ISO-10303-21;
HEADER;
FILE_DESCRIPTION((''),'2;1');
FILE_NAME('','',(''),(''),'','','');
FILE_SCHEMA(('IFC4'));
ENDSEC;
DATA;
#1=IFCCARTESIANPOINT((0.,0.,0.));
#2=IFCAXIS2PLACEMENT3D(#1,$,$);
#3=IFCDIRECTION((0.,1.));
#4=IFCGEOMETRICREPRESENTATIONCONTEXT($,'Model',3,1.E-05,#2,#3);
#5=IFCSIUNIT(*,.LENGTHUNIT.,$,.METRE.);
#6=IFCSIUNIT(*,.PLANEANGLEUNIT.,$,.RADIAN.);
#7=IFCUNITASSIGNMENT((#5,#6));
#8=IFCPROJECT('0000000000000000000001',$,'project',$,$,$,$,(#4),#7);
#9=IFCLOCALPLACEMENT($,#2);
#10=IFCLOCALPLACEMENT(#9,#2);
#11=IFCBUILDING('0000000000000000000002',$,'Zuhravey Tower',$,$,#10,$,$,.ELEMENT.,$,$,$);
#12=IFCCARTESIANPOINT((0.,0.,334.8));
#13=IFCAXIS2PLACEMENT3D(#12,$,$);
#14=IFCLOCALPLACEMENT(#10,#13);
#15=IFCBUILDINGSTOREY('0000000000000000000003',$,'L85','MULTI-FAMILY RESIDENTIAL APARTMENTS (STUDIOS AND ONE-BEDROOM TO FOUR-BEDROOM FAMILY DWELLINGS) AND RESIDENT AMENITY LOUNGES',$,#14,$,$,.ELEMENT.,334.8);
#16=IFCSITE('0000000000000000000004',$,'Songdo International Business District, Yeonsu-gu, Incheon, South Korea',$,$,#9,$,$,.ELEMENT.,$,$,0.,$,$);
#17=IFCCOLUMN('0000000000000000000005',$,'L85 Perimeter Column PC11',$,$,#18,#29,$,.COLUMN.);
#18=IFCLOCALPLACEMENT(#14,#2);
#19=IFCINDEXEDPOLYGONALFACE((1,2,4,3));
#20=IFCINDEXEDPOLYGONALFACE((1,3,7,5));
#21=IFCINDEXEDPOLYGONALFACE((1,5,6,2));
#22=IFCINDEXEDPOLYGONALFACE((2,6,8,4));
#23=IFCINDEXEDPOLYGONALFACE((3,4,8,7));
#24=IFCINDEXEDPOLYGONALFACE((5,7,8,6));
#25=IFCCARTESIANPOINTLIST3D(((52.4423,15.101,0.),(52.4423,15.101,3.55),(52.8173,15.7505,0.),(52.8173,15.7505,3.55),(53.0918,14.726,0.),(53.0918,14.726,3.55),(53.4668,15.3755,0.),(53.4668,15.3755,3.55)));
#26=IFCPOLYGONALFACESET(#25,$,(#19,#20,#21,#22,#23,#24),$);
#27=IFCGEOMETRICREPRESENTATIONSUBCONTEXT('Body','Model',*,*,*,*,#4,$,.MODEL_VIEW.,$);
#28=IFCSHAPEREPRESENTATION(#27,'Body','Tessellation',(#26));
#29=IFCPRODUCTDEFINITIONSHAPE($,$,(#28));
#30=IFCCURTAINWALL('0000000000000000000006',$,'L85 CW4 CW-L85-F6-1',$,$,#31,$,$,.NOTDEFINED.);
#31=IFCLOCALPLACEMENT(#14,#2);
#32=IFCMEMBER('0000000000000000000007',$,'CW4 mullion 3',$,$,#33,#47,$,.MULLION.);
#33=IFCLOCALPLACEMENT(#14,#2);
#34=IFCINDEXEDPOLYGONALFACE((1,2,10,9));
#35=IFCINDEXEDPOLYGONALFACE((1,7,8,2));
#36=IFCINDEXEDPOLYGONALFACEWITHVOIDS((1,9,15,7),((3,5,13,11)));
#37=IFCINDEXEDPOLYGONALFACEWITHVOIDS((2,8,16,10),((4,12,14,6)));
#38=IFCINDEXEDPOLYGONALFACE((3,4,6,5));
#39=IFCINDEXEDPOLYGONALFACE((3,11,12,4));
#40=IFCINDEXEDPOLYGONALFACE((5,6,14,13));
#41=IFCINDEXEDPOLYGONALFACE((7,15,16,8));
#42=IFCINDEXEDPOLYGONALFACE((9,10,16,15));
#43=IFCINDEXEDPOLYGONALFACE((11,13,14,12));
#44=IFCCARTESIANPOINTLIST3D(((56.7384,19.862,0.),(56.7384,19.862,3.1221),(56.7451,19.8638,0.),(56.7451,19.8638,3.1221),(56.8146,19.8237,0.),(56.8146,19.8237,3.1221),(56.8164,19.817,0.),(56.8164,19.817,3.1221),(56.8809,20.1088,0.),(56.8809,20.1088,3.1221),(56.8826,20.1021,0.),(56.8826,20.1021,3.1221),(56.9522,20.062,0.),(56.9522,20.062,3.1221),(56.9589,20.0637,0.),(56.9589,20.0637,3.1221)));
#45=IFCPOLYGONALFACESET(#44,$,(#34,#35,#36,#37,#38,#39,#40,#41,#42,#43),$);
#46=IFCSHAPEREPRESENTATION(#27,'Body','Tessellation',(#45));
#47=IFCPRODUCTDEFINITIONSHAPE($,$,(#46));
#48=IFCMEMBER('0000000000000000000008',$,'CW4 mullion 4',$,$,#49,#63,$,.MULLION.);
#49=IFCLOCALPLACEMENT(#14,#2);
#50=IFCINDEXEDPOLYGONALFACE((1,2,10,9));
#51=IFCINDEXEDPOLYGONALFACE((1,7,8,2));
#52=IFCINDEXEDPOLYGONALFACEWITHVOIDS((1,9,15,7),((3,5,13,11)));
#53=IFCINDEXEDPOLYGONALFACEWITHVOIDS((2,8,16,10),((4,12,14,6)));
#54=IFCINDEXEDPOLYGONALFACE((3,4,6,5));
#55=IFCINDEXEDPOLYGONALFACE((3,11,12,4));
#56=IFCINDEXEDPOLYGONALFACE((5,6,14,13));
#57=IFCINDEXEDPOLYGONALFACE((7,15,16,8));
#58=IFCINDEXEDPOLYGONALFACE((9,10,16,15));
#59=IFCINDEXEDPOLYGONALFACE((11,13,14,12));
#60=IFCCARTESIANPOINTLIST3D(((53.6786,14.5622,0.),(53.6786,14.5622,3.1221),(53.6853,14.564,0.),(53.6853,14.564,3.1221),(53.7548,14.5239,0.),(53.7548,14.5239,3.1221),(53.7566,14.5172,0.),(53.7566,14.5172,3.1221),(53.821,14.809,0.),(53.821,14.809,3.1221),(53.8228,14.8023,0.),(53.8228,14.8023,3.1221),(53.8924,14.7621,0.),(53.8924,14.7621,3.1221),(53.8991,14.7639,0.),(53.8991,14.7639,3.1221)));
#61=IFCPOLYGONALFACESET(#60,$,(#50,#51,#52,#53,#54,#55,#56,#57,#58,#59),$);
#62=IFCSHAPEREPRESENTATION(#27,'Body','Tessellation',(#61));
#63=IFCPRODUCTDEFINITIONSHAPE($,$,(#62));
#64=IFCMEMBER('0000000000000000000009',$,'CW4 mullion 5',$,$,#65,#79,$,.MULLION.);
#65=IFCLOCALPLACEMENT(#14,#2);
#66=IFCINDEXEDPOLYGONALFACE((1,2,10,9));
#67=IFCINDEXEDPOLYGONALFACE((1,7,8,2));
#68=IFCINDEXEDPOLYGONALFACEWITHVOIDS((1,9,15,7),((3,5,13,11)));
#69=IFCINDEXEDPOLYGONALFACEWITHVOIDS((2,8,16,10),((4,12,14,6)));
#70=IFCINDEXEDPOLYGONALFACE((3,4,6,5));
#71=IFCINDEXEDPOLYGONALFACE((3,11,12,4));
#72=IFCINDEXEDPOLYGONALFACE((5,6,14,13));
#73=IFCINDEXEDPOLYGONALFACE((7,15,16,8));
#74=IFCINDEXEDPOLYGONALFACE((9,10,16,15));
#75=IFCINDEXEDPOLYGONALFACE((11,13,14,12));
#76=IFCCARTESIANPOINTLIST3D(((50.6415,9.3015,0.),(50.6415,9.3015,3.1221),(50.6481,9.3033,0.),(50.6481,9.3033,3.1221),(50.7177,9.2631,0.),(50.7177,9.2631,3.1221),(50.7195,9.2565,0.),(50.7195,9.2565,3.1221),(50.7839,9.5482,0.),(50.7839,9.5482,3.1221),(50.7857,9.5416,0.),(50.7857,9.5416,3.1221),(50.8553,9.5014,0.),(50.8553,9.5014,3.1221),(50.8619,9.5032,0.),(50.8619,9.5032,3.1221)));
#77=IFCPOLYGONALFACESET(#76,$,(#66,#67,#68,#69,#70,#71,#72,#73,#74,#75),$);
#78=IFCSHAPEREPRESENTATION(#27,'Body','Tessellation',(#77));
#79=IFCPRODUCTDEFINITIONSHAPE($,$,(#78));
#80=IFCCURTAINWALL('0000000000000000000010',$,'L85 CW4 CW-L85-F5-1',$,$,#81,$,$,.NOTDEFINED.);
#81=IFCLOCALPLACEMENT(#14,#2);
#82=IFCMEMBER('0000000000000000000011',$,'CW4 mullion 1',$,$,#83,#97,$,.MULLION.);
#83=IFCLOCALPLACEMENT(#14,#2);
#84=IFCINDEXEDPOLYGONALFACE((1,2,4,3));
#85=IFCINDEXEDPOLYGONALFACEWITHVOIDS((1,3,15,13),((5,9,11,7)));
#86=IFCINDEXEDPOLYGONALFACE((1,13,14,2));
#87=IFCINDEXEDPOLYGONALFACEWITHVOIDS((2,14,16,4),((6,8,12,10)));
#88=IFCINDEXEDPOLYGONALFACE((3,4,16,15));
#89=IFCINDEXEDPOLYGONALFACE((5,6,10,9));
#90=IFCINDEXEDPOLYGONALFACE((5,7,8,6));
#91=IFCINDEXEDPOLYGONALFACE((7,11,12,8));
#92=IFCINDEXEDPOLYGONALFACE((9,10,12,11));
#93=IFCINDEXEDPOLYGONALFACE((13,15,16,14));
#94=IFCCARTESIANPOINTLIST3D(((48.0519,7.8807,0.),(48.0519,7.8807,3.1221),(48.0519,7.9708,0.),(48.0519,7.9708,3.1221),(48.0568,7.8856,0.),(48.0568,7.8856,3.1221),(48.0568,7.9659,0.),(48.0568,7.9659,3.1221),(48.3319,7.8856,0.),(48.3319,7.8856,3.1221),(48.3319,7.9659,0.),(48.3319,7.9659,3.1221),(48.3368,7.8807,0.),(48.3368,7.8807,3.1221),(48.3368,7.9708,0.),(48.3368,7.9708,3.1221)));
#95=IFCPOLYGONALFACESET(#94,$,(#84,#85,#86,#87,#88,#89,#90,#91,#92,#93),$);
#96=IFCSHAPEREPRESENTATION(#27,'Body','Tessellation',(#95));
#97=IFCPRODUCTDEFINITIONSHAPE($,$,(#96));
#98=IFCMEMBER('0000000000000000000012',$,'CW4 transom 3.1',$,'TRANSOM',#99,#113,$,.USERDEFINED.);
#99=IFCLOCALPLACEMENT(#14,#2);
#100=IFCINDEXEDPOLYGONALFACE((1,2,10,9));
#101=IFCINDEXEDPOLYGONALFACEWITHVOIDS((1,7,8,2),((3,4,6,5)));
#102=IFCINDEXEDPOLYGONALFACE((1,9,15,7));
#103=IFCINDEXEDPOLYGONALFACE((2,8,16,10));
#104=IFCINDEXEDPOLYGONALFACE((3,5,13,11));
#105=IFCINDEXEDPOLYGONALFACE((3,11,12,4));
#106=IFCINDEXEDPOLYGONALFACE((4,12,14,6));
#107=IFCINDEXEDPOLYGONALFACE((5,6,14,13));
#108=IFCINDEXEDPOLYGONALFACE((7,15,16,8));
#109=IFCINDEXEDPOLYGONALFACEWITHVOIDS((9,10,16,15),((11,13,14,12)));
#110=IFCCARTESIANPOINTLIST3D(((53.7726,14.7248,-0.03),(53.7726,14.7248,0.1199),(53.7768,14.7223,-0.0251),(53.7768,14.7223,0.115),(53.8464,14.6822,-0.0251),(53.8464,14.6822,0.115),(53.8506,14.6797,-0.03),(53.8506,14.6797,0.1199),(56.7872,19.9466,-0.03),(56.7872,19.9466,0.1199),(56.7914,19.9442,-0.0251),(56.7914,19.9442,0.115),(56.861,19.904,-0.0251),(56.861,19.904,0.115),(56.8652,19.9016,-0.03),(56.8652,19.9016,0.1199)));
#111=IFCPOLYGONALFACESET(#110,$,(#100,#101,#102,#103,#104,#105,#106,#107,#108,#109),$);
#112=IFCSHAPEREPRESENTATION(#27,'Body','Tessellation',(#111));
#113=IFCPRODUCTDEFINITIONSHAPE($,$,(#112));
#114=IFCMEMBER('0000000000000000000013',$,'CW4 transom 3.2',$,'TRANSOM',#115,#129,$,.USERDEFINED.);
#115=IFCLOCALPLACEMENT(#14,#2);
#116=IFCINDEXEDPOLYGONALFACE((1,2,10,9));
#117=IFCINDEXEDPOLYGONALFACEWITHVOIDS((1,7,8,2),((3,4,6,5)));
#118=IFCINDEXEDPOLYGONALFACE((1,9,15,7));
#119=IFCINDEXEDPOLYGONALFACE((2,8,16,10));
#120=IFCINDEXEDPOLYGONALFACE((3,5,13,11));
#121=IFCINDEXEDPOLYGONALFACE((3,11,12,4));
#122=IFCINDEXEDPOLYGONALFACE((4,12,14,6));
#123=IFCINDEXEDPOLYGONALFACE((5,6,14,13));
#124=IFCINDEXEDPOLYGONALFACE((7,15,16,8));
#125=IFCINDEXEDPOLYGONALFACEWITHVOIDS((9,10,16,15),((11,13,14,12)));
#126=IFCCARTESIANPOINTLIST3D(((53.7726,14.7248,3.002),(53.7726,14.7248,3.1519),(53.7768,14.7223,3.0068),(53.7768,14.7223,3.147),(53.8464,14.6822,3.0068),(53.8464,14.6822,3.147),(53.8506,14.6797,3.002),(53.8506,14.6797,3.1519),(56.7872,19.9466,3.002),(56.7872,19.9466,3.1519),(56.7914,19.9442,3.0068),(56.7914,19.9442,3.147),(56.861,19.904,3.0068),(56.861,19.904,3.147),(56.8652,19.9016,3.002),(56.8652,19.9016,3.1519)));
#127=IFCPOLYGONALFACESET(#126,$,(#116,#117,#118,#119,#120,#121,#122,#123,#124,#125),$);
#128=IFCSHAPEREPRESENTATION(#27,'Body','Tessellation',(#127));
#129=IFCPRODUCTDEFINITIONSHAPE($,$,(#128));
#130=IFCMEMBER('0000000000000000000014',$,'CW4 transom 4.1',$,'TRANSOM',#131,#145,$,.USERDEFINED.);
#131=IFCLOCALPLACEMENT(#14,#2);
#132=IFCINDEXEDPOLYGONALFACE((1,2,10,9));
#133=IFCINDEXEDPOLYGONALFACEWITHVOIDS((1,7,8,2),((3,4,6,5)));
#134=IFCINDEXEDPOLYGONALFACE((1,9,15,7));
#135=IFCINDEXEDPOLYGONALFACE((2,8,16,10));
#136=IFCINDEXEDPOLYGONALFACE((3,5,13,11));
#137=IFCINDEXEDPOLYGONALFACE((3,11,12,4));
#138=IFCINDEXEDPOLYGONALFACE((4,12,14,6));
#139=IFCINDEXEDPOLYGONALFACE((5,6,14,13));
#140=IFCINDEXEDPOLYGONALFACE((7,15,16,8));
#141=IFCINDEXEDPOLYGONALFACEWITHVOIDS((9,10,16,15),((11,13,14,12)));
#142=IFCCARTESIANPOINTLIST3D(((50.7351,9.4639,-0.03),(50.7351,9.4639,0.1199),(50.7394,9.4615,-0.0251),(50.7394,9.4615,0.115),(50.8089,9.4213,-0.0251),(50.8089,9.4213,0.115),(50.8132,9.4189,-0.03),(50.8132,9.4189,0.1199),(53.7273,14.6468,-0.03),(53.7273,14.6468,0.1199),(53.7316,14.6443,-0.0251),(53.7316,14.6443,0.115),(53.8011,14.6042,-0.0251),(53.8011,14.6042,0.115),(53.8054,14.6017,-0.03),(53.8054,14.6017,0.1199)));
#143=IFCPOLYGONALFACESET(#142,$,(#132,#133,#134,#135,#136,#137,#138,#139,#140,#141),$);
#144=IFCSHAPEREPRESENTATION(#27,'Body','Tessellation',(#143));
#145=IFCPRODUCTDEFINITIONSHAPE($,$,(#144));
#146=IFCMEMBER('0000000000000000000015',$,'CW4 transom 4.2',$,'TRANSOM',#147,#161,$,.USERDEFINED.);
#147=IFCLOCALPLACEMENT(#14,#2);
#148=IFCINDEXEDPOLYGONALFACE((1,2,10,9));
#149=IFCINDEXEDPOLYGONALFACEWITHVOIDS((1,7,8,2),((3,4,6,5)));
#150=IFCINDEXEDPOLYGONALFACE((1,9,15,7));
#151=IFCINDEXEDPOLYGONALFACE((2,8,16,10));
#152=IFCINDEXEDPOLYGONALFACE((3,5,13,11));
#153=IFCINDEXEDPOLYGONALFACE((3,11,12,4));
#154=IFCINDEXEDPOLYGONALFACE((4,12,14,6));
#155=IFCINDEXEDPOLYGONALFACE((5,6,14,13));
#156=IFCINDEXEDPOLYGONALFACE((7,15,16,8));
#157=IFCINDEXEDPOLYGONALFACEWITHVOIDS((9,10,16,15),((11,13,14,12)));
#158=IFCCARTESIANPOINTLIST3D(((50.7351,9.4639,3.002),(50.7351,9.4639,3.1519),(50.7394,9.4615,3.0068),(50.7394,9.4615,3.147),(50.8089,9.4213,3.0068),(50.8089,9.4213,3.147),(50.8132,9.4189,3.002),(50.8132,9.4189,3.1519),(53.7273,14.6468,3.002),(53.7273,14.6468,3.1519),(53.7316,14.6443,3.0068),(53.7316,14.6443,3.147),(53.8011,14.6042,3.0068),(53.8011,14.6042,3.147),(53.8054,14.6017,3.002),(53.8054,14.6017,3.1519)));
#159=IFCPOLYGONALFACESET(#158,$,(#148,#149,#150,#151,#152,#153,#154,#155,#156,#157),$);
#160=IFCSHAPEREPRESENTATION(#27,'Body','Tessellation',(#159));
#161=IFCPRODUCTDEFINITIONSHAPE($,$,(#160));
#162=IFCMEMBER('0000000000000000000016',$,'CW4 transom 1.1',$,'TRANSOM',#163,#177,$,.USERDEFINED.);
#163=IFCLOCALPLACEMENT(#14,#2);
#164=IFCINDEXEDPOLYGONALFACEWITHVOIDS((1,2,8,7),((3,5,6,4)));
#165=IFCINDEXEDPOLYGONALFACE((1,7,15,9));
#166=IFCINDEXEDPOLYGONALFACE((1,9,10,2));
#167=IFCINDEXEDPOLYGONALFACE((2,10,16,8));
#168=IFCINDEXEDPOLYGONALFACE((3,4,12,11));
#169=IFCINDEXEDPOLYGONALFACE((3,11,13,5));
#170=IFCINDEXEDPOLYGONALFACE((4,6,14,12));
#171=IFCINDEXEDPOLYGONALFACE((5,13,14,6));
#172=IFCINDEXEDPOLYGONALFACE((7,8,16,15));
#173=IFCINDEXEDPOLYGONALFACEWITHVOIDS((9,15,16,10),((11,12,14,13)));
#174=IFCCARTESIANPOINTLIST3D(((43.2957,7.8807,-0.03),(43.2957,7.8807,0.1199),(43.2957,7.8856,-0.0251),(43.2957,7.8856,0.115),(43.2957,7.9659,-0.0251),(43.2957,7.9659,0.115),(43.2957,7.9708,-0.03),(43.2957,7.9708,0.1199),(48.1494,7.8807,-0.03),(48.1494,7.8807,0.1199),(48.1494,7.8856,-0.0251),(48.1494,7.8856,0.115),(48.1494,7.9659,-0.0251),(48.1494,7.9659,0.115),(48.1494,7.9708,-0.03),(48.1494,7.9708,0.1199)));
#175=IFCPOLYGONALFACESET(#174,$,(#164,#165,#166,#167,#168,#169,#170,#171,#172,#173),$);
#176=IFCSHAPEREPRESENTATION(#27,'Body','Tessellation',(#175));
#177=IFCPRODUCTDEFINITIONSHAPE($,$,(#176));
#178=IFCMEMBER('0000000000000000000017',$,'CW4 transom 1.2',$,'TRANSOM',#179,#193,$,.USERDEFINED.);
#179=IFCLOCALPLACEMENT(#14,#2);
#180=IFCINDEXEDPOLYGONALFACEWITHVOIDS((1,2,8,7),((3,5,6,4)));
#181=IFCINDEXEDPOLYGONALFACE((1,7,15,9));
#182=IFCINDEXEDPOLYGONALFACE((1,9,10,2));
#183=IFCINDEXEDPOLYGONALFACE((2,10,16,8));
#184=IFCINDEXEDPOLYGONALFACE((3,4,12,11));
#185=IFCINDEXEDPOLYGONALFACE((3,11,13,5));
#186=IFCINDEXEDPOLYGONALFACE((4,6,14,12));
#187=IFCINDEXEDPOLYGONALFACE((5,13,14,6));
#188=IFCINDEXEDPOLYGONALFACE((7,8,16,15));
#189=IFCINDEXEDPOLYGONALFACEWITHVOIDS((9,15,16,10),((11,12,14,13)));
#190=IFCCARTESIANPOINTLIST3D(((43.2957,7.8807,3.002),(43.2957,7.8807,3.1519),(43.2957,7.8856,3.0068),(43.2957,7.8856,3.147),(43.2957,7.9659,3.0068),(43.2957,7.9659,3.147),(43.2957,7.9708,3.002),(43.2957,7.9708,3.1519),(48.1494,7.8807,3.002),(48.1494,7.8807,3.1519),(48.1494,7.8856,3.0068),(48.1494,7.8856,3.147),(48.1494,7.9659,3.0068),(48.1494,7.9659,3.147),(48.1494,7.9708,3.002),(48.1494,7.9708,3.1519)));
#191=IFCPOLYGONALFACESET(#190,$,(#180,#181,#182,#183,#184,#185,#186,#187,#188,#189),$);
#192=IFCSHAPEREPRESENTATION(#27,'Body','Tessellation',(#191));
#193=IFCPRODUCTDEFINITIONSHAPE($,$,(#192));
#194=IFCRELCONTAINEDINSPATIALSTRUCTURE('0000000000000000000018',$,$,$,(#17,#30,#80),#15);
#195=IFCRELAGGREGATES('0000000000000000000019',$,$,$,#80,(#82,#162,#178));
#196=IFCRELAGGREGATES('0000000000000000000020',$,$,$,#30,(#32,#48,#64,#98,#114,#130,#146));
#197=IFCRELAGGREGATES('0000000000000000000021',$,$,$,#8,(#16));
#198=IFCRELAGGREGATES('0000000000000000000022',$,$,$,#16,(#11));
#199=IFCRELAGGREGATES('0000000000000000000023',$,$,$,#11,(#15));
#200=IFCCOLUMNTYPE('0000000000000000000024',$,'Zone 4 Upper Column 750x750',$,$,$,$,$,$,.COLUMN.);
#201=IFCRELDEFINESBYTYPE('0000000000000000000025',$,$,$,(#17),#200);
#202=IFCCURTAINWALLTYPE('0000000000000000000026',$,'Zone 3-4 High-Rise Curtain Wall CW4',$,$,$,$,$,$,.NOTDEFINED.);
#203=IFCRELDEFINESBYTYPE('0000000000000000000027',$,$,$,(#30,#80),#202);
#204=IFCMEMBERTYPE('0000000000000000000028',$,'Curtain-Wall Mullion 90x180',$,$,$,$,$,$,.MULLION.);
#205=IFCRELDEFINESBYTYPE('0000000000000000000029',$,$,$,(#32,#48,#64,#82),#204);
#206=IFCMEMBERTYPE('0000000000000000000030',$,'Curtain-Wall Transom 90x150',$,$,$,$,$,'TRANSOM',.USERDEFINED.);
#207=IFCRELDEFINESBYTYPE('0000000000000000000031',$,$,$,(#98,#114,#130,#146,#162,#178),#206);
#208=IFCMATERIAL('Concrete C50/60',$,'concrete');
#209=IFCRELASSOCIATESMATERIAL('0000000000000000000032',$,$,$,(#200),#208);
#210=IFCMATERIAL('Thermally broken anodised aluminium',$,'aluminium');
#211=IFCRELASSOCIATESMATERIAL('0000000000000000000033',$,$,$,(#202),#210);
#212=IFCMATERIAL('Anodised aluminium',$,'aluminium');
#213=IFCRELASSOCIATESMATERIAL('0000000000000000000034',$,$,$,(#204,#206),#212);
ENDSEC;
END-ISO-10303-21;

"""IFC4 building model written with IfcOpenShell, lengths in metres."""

from ifc_helpers import new_model, si_unit, direction, frame, origin, origin_2d, place, context, subcontext, project, spatial, rectangle, hollow_rectangle, extrude, material, material_profile, profile_set, type_object, element, aggregate, save


model = new_model("IFC4")

# Units and contexts
model_context = context("Model", 3, precision=1e-05, world=origin(), true_north=direction((0.0, 1.0)))
body_context = subcontext(model_context, "Body", "Model", "MODEL_VIEW")
ifc_project = project(units=[si_unit("LENGTHUNIT", "METRE"), si_unit("PLANEANGLEUNIT", "RADIAN")], contexts=[model_context])

# Site, building, storey
site_placement = place(None, origin())
site = spatial("IfcSite", under=ifc_project, at=site_placement, Name="Songdo International Business District, Yeonsu-gu, Incheon, South Korea", CompositionType="ELEMENT", RefElevation=0.0)
building_placement = place(site_placement, origin())
building = spatial("IfcBuilding", under=site, at=building_placement, Name="Zuhravey Tower", CompositionType="ELEMENT")
storey_placement = place(building_placement, frame((0.0, 0.0, 334.8)))
storey = spatial("IfcBuildingStorey", under=building, at=storey_placement, Name="L85", Description="MULTI-FAMILY RESIDENTIAL APARTMENTS (STUDIOS AND ONE-BEDROOM TO FOUR-BEDROOM FAMILY DWELLINGS) AND RESIDENT AMENITY LOUNGES", CompositionType="ELEMENT", Elevation=334.8)

# Column
ifc_material_1 = material(Name="Concrete C50/60", Category="concrete")
ifc_material_profile_1 = material_profile(ifc_material_1, rectangle(XDim=0.75, YDim=0.75, at=origin_2d()), Name="RC-750x750")
ifc_profile_set_1 = profile_set([ifc_material_profile_1], Name="Concrete C50/60")
column_type = type_object("IfcColumnType", Name="Zone 4 Upper Column 750x750", PredefinedType="COLUMN", material=ifc_profile_set_1)
column_placement = place(storey_placement, frame((52.9546, 15.2383, 0.0), z_axis=(0.0, 0.0, 1.0), x_axis=(0.5, 0.866025, 0.0)))
element("IfcColumn", 1, at=column_placement, inside=storey, type_object=column_type, Name="L85 Perimeter Column PC11", PredefinedType="COLUMN", context=body_context, shape_type="SweptSolid", body=[
    extrude(rectangle(XDim=0.75, YDim=0.75, at=origin_2d()), origin(), (0.0, 0.0, 1.0), 3.55),
])

# Curtain wall, members
ifc_material_2 = material(Name="Thermally broken anodised aluminium", Category="aluminium")
curtain_wall_type = type_object("IfcCurtainWallType", Name="Zone 3-4 High-Rise Curtain Wall CW4", PredefinedType="NOTDEFINED", material=ifc_material_2)
curtain_wall_1_placement = place(storey_placement, origin())
curtain_wall_1 = element("IfcCurtainWall", 2, at=curtain_wall_1_placement, inside=storey, type_object=curtain_wall_type, Name="L85 CW4 CW-L85-F6-1", PredefinedType="NOTDEFINED")
ifc_material_3 = material(Name="Anodised aluminium", Category="aluminium")
ifc_material_profile_2 = material_profile(ifc_material_3, hollow_rectangle(XDim=0.0901, YDim=0.2849, WallThickness=0.0049, at=origin_2d()), Name="ALU-RHS-90x285x5")
ifc_profile_set_2 = profile_set([ifc_material_profile_2], Name="Anodised aluminium")
member_type_1 = type_object("IfcMemberType", Name="Curtain-Wall Mullion 90x180", PredefinedType="MULLION", material=ifc_profile_set_2)
member_1_placement = place(storey_placement, frame((56.8486, 19.9629, 0.0), z_axis=(0.0, 0.0, 1.0), x_axis=(0.866026, -0.5, 0.0)))
member_1 = element("IfcMember", 3, at=member_1_placement, type_object=member_type_1, Name="CW4 mullion 3", PredefinedType="MULLION", context=body_context, shape_type="SweptSolid", body=[
    extrude(hollow_rectangle(XDim=0.0901, YDim=0.2849, WallThickness=0.0049, at=origin_2d()), origin(), (0.0, 0.0, 1.0), 3.1221),
])
member_2_placement = place(storey_placement, frame((53.7888, 14.6631, 0.0), z_axis=(0.0, 0.0, 1.0), x_axis=(0.866026, -0.5, 0.0)))
member_2 = element("IfcMember", 4, at=member_2_placement, type_object=member_type_1, Name="CW4 mullion 4", PredefinedType="MULLION", context=body_context, shape_type="SweptSolid", body=[
    extrude(hollow_rectangle(XDim=0.0901, YDim=0.2849, WallThickness=0.0049, at=origin_2d()), origin(), (0.0, 0.0, 1.0), 3.1221),
])
member_3_placement = place(storey_placement, frame((50.7517, 9.4023, 0.0), z_axis=(0.0, 0.0, 1.0), x_axis=(0.866026, -0.5, 0.0)))
member_3 = element("IfcMember", 5, at=member_3_placement, type_object=member_type_1, Name="CW4 mullion 5", PredefinedType="MULLION", context=body_context, shape_type="SweptSolid", body=[
    extrude(hollow_rectangle(XDim=0.0901, YDim=0.2849, WallThickness=0.0049, at=origin_2d()), origin(), (0.0, 0.0, 1.0), 3.1221),
])

# Curtain wall, member
curtain_wall_2_placement = place(storey_placement, origin())
curtain_wall_2 = element("IfcCurtainWall", 6, at=curtain_wall_2_placement, inside=storey, type_object=curtain_wall_type, Name="L85 CW4 CW-L85-F5-1", PredefinedType="NOTDEFINED")
member_4_placement = place(storey_placement, frame((48.1943, 7.9258, 0.0), z_axis=(0.0, 0.0, 1.0), x_axis=(0.0, -1.0, 0.0)))
member_4 = element("IfcMember", 7, at=member_4_placement, type_object=member_type_1, Name="CW4 mullion 1", PredefinedType="MULLION", context=body_context, shape_type="SweptSolid", body=[
    extrude(hollow_rectangle(XDim=0.0901, YDim=0.2849, WallThickness=0.0049, at=origin_2d()), origin(), (0.0, 0.0, 1.0), 3.1221),
])

# Members
ifc_material_profile_3 = material_profile(ifc_material_3, hollow_rectangle(XDim=0.0901, YDim=0.1499, WallThickness=0.0049, at=origin_2d()), Name="ALU-RHS-90x150x5")
ifc_profile_set_3 = profile_set([ifc_material_profile_3], Name="Anodised aluminium")
member_type_2 = type_object("IfcMemberType", Name="Curtain-Wall Transom 90x150", ElementType="TRANSOM", PredefinedType="USERDEFINED", material=ifc_profile_set_3)
member_5_placement = place(storey_placement, frame((56.8262, 19.9241, 0.0449), z_axis=(-0.499971, -0.866042, 0.0), x_axis=(0.866042, -0.499971, 0.0)))
member_5 = element("IfcMember", 8, at=member_5_placement, type_object=member_type_2, Name="CW4 transom 3.1", ObjectType="TRANSOM", PredefinedType="USERDEFINED", context=body_context, shape_type="SweptSolid", body=[
    extrude(hollow_rectangle(XDim=0.0901, YDim=0.1499, WallThickness=0.0049, at=origin_2d()), origin(), (0.0, 0.0, 1.0), 6.0295),
])
member_6_placement = place(storey_placement, frame((56.8262, 19.9241, 3.0769), z_axis=(-0.499971, -0.866042, 0.0), x_axis=(0.866042, -0.499971, 0.0)))
member_6 = element("IfcMember", 9, at=member_6_placement, type_object=member_type_2, Name="CW4 transom 3.2", ObjectType="TRANSOM", PredefinedType="USERDEFINED", context=body_context, shape_type="SweptSolid", body=[
    extrude(hollow_rectangle(XDim=0.0901, YDim=0.1499, WallThickness=0.0049, at=origin_2d()), origin(), (0.0, 0.0, 1.0), 6.0295),
])
member_7_placement = place(storey_placement, frame((53.7664, 14.6243, 0.0449), z_axis=(-0.499983, -0.866035, 0.0), x_axis=(0.866035, -0.499983, 0.0)))
member_7 = element("IfcMember", 10, at=member_7_placement, type_object=member_type_2, Name="CW4 transom 4.1", ObjectType="TRANSOM", PredefinedType="USERDEFINED", context=body_context, shape_type="SweptSolid", body=[
    extrude(hollow_rectangle(XDim=0.0901, YDim=0.1499, WallThickness=0.0049, at=origin_2d()), origin(), (0.0, 0.0, 1.0), 5.9846),
])
member_8_placement = place(storey_placement, frame((53.7664, 14.6243, 3.0769), z_axis=(-0.499983, -0.866035, 0.0), x_axis=(0.866035, -0.499983, 0.0)))
member_8 = element("IfcMember", 11, at=member_8_placement, type_object=member_type_2, Name="CW4 transom 4.2", ObjectType="TRANSOM", PredefinedType="USERDEFINED", context=body_context, shape_type="SweptSolid", body=[
    extrude(hollow_rectangle(XDim=0.0901, YDim=0.1499, WallThickness=0.0049, at=origin_2d()), origin(), (0.0, 0.0, 1.0), 5.9846),
])
member_9_placement = place(storey_placement, frame((48.1494, 7.9258, 0.0449), z_axis=(-1.0, 0.0, 0.0), x_axis=(0.0, -1.0, 0.0)))
member_9 = element("IfcMember", 12, at=member_9_placement, type_object=member_type_2, Name="CW4 transom 1.1", ObjectType="TRANSOM", PredefinedType="USERDEFINED", context=body_context, shape_type="SweptSolid", body=[
    extrude(hollow_rectangle(XDim=0.0901, YDim=0.1499, WallThickness=0.0049, at=origin_2d()), origin(), (0.0, 0.0, 1.0), 4.8538),
])
member_10_placement = place(storey_placement, frame((48.1494, 7.9258, 3.0769), z_axis=(-1.0, 0.0, 0.0), x_axis=(0.0, -1.0, 0.0)))
member_10 = element("IfcMember", 13, at=member_10_placement, type_object=member_type_2, Name="CW4 transom 1.2", ObjectType="TRANSOM", PredefinedType="USERDEFINED", context=body_context, shape_type="SweptSolid", body=[
    extrude(hollow_rectangle(XDim=0.0901, YDim=0.1499, WallThickness=0.0049, at=origin_2d()), origin(), (0.0, 0.0, 1.0), 4.8538),
])
aggregate(curtain_wall_2, [member_4, member_9, member_10])

aggregate(curtain_wall_1, [member_1, member_2, member_3, member_5, member_6, member_7, member_8])

save(model, "model.ifc")
